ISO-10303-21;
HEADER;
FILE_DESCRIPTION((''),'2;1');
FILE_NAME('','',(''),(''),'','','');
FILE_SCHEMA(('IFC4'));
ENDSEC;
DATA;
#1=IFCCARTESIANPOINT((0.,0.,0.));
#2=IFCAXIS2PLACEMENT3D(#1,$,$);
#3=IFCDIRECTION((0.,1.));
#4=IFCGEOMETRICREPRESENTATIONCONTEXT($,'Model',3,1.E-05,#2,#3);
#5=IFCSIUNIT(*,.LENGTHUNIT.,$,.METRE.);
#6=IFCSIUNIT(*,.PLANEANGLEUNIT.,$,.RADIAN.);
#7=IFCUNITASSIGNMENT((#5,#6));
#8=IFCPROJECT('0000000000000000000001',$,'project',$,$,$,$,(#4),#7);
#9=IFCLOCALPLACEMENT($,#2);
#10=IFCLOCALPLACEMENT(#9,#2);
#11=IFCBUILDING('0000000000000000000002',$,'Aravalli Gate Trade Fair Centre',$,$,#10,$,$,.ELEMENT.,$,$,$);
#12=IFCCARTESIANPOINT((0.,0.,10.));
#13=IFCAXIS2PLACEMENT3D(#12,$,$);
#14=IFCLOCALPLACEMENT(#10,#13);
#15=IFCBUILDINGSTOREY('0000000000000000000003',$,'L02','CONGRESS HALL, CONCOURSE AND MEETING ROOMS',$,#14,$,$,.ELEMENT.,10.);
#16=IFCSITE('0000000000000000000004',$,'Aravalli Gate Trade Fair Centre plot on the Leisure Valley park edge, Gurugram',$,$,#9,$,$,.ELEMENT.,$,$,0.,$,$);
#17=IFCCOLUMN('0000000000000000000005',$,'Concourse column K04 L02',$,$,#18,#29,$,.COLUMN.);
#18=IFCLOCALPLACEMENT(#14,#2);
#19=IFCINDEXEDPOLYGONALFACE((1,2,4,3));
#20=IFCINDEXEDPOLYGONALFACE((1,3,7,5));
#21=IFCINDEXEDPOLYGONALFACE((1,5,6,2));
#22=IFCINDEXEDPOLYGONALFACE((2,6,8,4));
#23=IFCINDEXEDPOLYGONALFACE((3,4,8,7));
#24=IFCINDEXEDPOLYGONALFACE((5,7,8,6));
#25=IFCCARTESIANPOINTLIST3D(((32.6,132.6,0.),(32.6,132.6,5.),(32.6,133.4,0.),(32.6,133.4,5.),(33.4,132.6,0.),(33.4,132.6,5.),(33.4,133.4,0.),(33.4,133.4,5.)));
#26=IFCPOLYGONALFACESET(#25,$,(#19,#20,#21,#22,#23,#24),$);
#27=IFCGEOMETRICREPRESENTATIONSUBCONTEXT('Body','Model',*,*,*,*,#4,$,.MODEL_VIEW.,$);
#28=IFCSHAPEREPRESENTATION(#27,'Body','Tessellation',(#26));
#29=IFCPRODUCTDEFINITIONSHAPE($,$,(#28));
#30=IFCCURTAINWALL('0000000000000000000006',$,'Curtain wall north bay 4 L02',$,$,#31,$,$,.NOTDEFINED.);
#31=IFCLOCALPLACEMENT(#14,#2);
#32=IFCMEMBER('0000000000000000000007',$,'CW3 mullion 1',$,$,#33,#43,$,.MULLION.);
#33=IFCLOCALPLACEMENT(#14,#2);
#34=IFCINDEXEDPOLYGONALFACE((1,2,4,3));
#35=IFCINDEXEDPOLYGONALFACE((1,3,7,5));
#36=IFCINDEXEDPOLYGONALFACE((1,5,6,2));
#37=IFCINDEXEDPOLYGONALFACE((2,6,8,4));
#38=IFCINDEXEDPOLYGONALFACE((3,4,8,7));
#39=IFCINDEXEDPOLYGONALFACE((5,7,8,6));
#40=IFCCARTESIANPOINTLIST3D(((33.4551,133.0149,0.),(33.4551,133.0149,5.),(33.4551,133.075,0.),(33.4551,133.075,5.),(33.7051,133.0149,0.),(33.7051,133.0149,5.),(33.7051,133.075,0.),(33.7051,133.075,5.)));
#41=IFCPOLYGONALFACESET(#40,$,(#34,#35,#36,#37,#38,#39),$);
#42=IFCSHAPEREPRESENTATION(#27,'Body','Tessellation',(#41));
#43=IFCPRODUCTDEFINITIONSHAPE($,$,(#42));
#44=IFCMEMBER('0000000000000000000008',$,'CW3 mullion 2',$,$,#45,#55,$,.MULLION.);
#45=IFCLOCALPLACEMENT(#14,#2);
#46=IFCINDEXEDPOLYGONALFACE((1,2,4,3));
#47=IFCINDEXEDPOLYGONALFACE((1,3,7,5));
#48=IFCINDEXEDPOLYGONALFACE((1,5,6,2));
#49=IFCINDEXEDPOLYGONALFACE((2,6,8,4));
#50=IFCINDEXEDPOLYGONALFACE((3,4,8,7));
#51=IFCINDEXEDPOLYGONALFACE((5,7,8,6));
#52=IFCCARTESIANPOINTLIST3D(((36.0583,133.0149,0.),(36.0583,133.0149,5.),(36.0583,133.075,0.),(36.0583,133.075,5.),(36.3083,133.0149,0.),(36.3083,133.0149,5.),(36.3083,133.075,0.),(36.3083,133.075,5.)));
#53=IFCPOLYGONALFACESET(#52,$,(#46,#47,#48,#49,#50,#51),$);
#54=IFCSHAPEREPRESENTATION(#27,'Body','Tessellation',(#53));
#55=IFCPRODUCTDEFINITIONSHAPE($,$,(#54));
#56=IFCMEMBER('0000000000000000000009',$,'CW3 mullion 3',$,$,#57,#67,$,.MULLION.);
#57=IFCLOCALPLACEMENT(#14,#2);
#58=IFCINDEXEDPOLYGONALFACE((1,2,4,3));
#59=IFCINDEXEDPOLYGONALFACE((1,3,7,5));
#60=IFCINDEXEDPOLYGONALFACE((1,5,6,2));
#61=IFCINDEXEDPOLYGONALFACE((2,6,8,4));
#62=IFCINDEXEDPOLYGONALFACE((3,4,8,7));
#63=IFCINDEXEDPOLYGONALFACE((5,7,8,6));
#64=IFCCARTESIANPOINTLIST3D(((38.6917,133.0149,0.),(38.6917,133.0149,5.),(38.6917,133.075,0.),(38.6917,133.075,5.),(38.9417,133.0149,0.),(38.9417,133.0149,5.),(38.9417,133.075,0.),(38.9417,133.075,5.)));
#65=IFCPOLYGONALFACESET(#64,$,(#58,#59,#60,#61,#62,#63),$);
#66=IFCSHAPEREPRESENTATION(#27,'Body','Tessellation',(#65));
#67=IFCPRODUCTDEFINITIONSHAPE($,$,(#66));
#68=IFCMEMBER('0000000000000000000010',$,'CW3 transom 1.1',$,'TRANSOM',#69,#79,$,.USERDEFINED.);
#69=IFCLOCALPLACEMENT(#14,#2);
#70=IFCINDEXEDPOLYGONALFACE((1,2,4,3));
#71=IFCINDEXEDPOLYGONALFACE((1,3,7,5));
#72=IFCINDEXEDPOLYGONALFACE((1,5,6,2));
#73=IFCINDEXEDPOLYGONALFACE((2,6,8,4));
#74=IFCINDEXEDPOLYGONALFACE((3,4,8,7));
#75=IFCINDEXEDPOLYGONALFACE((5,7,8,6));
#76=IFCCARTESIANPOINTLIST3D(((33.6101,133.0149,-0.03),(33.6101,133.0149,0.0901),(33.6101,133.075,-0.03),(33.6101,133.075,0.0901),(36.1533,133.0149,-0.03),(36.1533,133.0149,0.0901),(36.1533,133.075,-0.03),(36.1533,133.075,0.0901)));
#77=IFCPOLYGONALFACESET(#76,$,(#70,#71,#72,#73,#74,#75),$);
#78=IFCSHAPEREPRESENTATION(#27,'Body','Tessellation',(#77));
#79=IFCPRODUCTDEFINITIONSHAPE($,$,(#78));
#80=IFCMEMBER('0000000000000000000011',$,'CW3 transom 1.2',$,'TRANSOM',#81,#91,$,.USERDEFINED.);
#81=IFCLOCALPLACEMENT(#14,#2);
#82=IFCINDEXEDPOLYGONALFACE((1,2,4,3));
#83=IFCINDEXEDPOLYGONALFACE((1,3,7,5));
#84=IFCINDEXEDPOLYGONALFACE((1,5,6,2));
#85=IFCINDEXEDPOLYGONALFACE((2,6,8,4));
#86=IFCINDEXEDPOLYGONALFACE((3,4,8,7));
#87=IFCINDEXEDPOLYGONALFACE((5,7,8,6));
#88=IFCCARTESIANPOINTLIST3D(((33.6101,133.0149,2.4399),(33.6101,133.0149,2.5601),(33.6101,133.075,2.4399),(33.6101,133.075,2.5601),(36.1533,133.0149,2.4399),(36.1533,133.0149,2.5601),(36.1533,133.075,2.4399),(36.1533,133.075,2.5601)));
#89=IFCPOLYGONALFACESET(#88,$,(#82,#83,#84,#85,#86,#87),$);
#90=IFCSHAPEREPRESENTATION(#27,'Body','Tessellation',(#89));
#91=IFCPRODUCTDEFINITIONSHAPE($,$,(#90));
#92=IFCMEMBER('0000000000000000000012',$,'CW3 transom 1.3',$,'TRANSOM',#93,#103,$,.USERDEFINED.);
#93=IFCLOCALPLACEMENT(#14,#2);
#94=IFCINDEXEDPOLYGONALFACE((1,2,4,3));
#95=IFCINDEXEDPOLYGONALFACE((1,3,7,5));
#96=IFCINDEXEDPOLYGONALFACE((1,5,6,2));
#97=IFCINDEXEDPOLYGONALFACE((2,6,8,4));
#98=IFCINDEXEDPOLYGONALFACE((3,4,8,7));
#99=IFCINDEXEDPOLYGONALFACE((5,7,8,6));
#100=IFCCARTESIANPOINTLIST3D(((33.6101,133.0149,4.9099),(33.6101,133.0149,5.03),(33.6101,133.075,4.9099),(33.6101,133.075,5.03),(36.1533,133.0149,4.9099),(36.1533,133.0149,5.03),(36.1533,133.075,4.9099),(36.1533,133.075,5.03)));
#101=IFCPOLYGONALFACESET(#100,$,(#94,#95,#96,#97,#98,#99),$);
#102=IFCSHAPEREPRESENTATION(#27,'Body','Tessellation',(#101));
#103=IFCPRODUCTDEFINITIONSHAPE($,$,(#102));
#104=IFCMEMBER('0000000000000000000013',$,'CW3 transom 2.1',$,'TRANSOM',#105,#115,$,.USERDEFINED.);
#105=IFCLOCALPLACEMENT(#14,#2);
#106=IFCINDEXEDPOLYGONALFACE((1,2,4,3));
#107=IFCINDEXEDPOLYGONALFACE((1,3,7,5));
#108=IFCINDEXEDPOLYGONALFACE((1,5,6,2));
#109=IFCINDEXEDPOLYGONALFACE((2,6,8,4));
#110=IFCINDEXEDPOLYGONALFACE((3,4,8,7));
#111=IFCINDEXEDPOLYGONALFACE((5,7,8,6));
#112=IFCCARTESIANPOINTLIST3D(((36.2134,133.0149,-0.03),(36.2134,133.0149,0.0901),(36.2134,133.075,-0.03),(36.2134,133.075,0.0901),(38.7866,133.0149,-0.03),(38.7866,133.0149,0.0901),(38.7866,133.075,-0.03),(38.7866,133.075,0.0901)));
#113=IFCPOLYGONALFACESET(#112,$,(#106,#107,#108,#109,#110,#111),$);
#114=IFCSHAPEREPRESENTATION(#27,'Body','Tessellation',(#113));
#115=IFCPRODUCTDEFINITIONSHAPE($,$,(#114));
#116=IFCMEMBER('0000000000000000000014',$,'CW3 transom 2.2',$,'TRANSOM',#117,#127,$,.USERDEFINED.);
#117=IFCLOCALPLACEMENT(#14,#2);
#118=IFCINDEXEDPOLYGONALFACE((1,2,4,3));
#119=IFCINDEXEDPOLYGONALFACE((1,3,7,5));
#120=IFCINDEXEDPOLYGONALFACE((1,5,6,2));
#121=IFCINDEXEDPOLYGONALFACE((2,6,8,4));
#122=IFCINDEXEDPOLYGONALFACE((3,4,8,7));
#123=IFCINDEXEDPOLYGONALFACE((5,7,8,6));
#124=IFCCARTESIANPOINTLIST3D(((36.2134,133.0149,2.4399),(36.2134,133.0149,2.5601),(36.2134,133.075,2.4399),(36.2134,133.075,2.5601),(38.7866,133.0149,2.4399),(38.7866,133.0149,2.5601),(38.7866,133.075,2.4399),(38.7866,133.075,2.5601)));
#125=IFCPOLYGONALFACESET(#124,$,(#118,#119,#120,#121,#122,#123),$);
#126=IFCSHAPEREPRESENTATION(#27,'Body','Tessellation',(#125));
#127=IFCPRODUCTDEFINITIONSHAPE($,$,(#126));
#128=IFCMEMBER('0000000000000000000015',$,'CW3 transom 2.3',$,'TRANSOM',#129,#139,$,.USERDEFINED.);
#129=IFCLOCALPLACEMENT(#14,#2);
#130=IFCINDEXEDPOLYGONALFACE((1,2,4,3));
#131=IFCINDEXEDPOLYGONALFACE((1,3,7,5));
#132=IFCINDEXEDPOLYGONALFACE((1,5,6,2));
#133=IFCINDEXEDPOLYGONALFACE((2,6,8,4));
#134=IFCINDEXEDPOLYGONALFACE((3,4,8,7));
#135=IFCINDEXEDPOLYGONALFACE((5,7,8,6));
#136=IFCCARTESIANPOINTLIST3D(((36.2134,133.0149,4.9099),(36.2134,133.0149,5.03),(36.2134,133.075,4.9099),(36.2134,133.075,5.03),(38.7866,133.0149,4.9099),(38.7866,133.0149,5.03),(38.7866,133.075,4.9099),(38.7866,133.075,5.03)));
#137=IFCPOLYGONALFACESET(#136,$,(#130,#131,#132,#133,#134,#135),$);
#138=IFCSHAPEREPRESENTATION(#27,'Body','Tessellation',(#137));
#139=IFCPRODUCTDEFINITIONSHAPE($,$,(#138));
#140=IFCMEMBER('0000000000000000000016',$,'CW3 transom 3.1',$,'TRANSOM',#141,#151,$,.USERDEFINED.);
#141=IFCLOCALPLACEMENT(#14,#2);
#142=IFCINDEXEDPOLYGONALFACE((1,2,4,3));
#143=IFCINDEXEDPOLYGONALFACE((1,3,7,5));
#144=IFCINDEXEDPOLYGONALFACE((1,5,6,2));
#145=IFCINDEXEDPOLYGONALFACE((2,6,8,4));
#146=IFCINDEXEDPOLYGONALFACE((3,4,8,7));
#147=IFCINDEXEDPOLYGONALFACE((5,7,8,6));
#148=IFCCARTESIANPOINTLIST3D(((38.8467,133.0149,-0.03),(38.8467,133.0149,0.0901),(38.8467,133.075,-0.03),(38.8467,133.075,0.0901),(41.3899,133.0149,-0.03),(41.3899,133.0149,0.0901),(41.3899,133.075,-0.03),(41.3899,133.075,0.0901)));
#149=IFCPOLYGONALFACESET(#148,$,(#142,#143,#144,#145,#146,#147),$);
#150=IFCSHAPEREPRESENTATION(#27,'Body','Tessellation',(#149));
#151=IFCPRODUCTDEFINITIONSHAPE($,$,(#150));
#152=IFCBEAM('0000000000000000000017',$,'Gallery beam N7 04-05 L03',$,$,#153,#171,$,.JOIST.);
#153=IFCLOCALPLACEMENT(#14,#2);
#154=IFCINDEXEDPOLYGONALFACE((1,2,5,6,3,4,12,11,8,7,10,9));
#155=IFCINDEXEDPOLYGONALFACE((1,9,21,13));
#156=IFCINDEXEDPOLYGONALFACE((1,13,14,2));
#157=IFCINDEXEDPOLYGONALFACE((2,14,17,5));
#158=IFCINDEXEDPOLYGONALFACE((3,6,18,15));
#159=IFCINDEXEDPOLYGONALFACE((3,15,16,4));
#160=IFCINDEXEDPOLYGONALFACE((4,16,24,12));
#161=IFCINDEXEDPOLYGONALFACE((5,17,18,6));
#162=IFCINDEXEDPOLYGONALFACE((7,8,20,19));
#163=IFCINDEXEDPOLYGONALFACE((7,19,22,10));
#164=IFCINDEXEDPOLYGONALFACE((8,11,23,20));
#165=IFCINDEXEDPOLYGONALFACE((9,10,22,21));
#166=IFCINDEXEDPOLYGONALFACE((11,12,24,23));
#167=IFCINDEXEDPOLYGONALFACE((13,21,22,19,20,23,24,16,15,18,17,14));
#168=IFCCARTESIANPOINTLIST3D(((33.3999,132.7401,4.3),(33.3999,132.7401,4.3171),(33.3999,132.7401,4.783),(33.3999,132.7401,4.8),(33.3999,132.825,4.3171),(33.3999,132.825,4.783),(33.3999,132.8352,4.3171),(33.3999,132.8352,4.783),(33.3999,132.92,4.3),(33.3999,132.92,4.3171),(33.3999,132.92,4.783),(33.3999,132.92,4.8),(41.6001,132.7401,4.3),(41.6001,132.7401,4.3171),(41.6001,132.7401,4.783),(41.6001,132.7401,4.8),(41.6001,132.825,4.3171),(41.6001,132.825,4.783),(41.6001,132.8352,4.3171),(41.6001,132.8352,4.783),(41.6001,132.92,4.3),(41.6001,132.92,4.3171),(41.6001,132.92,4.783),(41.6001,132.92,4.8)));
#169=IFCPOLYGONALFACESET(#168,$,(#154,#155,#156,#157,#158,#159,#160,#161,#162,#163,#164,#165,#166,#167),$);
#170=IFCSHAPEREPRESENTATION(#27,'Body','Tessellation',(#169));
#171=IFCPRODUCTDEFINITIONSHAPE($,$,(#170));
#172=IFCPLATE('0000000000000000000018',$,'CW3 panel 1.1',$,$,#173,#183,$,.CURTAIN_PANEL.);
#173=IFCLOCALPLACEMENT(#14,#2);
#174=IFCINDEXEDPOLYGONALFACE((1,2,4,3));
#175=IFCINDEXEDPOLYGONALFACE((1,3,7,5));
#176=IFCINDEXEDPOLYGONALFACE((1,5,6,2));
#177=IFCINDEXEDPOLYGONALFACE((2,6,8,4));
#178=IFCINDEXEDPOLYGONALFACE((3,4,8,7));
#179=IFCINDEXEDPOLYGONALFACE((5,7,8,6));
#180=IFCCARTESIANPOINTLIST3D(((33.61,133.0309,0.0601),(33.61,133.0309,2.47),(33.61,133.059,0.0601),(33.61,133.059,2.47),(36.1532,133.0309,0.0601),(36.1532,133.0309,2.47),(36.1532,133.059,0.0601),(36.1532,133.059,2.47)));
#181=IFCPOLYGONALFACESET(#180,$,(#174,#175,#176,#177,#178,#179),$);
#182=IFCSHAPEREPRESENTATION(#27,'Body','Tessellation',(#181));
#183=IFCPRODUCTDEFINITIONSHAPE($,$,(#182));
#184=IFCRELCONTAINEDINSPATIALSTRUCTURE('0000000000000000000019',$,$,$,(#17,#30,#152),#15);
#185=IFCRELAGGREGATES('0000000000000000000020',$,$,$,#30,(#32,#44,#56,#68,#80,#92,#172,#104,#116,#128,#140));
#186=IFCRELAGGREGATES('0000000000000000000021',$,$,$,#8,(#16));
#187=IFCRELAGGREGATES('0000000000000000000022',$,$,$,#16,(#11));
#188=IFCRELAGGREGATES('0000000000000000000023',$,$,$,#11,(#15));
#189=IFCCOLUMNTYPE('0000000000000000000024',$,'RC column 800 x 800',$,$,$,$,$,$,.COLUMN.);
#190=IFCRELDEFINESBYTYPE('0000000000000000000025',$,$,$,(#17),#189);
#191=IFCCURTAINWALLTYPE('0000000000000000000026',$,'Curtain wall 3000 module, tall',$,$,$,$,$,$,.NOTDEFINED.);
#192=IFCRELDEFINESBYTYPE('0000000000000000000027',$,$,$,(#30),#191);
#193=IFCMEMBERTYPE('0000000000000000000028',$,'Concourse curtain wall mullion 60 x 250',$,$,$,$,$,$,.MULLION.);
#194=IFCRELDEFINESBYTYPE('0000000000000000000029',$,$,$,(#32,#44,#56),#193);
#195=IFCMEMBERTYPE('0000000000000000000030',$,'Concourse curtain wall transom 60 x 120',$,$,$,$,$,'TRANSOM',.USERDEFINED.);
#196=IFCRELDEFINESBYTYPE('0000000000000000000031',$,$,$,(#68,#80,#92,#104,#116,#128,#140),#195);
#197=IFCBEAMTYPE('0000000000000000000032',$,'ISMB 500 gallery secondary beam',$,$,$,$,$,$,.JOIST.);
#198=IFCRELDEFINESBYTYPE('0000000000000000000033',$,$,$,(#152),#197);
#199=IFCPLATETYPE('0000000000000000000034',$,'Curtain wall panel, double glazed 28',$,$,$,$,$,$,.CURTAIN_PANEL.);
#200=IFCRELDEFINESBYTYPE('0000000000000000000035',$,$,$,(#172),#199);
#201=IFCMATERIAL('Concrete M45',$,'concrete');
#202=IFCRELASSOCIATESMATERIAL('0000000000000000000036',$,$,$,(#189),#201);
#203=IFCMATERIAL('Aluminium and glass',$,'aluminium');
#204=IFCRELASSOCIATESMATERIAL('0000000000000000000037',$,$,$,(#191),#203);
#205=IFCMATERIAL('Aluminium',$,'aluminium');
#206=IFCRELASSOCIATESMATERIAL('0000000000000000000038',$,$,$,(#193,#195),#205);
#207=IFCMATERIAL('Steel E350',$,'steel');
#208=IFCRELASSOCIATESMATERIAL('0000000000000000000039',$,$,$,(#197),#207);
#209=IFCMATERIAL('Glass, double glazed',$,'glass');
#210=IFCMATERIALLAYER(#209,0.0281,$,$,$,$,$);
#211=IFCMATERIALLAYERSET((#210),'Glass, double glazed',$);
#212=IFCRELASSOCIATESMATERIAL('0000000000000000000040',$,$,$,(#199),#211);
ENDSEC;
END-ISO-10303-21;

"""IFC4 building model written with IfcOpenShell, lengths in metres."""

from ifc_helpers import new_model, si_unit, direction, frame, origin, origin_2d, place, context, subcontext, project, spatial, rectangle, i_section, extrude, material, layer, layer_set, material_profile, profile_set, type_object, element, aggregate, save


model = new_model("IFC4")

# Units and contexts
model_context = context("Model", 3, precision=1e-05, world=origin(), true_north=direction((0.0, 1.0)))
body_context = subcontext(model_context, "Body", "Model", "MODEL_VIEW")
ifc_project = project(units=[si_unit("LENGTHUNIT", "METRE"), si_unit("PLANEANGLEUNIT", "RADIAN")], contexts=[model_context])

# Site, building, storey
site_placement = place(None, origin())
site = spatial("IfcSite", under=ifc_project, at=site_placement, Name="Aravalli Gate Trade Fair Centre plot on the Leisure Valley park edge, Gurugram", CompositionType="ELEMENT", RefElevation=0.0)
building_placement = place(site_placement, origin())
building = spatial("IfcBuilding", under=site, at=building_placement, Name="Aravalli Gate Trade Fair Centre", CompositionType="ELEMENT")
storey_placement = place(building_placement, frame((0.0, 0.0, 10.0)))
storey = spatial("IfcBuildingStorey", under=building, at=storey_placement, Name="L02", Description="CONGRESS HALL, CONCOURSE AND MEETING ROOMS", CompositionType="ELEMENT", Elevation=10.0)

# Column
ifc_material_1 = material(Name="Concrete M45", Category="concrete")
ifc_material_profile_1 = material_profile(ifc_material_1, rectangle(XDim=0.8, YDim=0.8, at=origin_2d()), Name="RC column 800 x 800")
ifc_profile_set_1 = profile_set([ifc_material_profile_1], Name="Concrete M45")
column_type = type_object("IfcColumnType", Name="RC column 800 x 800", PredefinedType="COLUMN", material=ifc_profile_set_1)
column_placement = place(storey_placement, frame((33.0, 133.0, 0.0), z_axis=(0.0, 0.0, 1.0), x_axis=(1.0, 0.0, 0.0)))
element("IfcColumn", 1, at=column_placement, inside=storey, type_object=column_type, Name="Concourse column K04 L02", PredefinedType="COLUMN", context=body_context, shape_type="SweptSolid", body=[
    extrude(rectangle(XDim=0.8, YDim=0.8, at=origin_2d()), origin(), (0.0, 0.0, 1.0), 5.0),
])

# Curtain wall, members
ifc_material_2 = material(Name="Aluminium and glass", Category="aluminium")
curtain_wall_type = type_object("IfcCurtainWallType", Name="Curtain wall 3000 module, tall", PredefinedType="NOTDEFINED", material=ifc_material_2)
curtain_wall_placement = place(storey_placement, origin())
curtain_wall = element("IfcCurtainWall", 2, at=curtain_wall_placement, inside=storey, type_object=curtain_wall_type, Name="Curtain wall north bay 4 L02", PredefinedType="NOTDEFINED")
ifc_material_3 = material(Name="Aluminium", Category="aluminium")
ifc_material_profile_2 = material_profile(ifc_material_3, rectangle(XDim=0.0601, YDim=0.25, at=origin_2d()), Name="Concourse curtain wall mullion 60 x 250")
ifc_profile_set_2 = profile_set([ifc_material_profile_2], Name="Aluminium")
member_type_1 = type_object("IfcMemberType", Name="Concourse curtain wall mullion 60 x 250", PredefinedType="MULLION", material=ifc_profile_set_2)
member_1_placement = place(storey_placement, frame((33.5801, 133.0449, 0.0), z_axis=(0.0, 0.0, 1.0), x_axis=(0.0, 1.0, 0.0)))
member_1 = element("IfcMember", 3, at=member_1_placement, type_object=member_type_1, Name="CW3 mullion 1", PredefinedType="MULLION", context=body_context, shape_type="SweptSolid", body=[
    extrude(rectangle(XDim=0.0601, YDim=0.25, at=origin_2d()), origin(), (0.0, 0.0, 1.0), 5.0),
])
member_2_placement = place(storey_placement, frame((36.1833, 133.0449, 0.0), z_axis=(0.0, 0.0, 1.0), x_axis=(0.0, 1.0, 0.0)))
member_2 = element("IfcMember", 4, at=member_2_placement, type_object=member_type_1, Name="CW3 mullion 2", PredefinedType="MULLION", context=body_context, shape_type="SweptSolid", body=[
    extrude(rectangle(XDim=0.0601, YDim=0.25, at=origin_2d()), origin(), (0.0, 0.0, 1.0), 5.0),
])
member_3_placement = place(storey_placement, frame((38.8167, 133.0449, 0.0), z_axis=(0.0, 0.0, 1.0), x_axis=(0.0, 1.0, 0.0)))
member_3 = element("IfcMember", 5, at=member_3_placement, type_object=member_type_1, Name="CW3 mullion 3", PredefinedType="MULLION", context=body_context, shape_type="SweptSolid", body=[
    extrude(rectangle(XDim=0.0601, YDim=0.25, at=origin_2d()), origin(), (0.0, 0.0, 1.0), 5.0),
])
ifc_material_profile_3 = material_profile(ifc_material_3, rectangle(XDim=0.0601, YDim=0.1201, at=origin_2d()), Name="Concourse curtain wall transom 60 x 120")
ifc_profile_set_3 = profile_set([ifc_material_profile_3], Name="Aluminium")
member_type_2 = type_object("IfcMemberType", Name="Concourse curtain wall transom 60 x 120", ElementType="TRANSOM", PredefinedType="USERDEFINED", material=ifc_profile_set_3)
member_4_placement = place(storey_placement, frame((33.6101, 133.0449, 0.03), z_axis=(1.0, 0.0, 0.0), x_axis=(0.0, 1.0, 0.0)))
member_4 = element("IfcMember", 6, at=member_4_placement, type_object=member_type_2, Name="CW3 transom 1.1", ObjectType="TRANSOM", PredefinedType="USERDEFINED", context=body_context, shape_type="SweptSolid", body=[
    extrude(rectangle(XDim=0.0601, YDim=0.1201, at=origin_2d()), origin(), (0.0, 0.0, 1.0), 2.5432),
])
member_5_placement = place(storey_placement, frame((33.6101, 133.0449, 2.5), z_axis=(1.0, 0.0, 0.0), x_axis=(0.0, 1.0, 0.0)))
member_5 = element("IfcMember", 7, at=member_5_placement, type_object=member_type_2, Name="CW3 transom 1.2", ObjectType="TRANSOM", PredefinedType="USERDEFINED", context=body_context, shape_type="SweptSolid", body=[
    extrude(rectangle(XDim=0.0601, YDim=0.1201, at=origin_2d()), origin(), (0.0, 0.0, 1.0), 2.5432),
])
member_6_placement = place(storey_placement, frame((33.6101, 133.0449, 4.97), z_axis=(1.0, 0.0, 0.0), x_axis=(0.0, 1.0, 0.0)))
member_6 = element("IfcMember", 8, at=member_6_placement, type_object=member_type_2, Name="CW3 transom 1.3", ObjectType="TRANSOM", PredefinedType="USERDEFINED", context=body_context, shape_type="SweptSolid", body=[
    extrude(rectangle(XDim=0.0601, YDim=0.1201, at=origin_2d()), origin(), (0.0, 0.0, 1.0), 2.5432),
])
member_7_placement = place(storey_placement, frame((36.2134, 133.0449, 0.03), z_axis=(1.0, 0.0, 0.0), x_axis=(0.0, 1.0, 0.0)))
member_7 = element("IfcMember", 9, at=member_7_placement, type_object=member_type_2, Name="CW3 transom 2.1", ObjectType="TRANSOM", PredefinedType="USERDEFINED", context=body_context, shape_type="SweptSolid", body=[
    extrude(rectangle(XDim=0.0601, YDim=0.1201, at=origin_2d()), origin(), (0.0, 0.0, 1.0), 2.5732),
])
member_8_placement = place(storey_placement, frame((36.2134, 133.0449, 2.5), z_axis=(1.0, 0.0, 0.0), x_axis=(0.0, 1.0, 0.0)))
member_8 = element("IfcMember", 10, at=member_8_placement, type_object=member_type_2, Name="CW3 transom 2.2", ObjectType="TRANSOM", PredefinedType="USERDEFINED", context=body_context, shape_type="SweptSolid", body=[
    extrude(rectangle(XDim=0.0601, YDim=0.1201, at=origin_2d()), origin(), (0.0, 0.0, 1.0), 2.5732),
])
member_9_placement = place(storey_placement, frame((36.2134, 133.0449, 4.97), z_axis=(1.0, 0.0, 0.0), x_axis=(0.0, 1.0, 0.0)))
member_9 = element("IfcMember", 11, at=member_9_placement, type_object=member_type_2, Name="CW3 transom 2.3", ObjectType="TRANSOM", PredefinedType="USERDEFINED", context=body_context, shape_type="SweptSolid", body=[
    extrude(rectangle(XDim=0.0601, YDim=0.1201, at=origin_2d()), origin(), (0.0, 0.0, 1.0), 2.5732),
])
member_10_placement = place(storey_placement, frame((38.8467, 133.0449, 0.03), z_axis=(1.0, 0.0, 0.0), x_axis=(0.0, 1.0, 0.0)))
member_10 = element("IfcMember", 12, at=member_10_placement, type_object=member_type_2, Name="CW3 transom 3.1", ObjectType="TRANSOM", PredefinedType="USERDEFINED", context=body_context, shape_type="SweptSolid", body=[
    extrude(rectangle(XDim=0.0601, YDim=0.1201, at=origin_2d()), origin(), (0.0, 0.0, 1.0), 2.5432),
])

# Beam
ifc_material_4 = material(Name="Steel E350", Category="steel")
ifc_material_profile_4 = material_profile(ifc_material_4, i_section(OverallWidth=0.1799, OverallDepth=0.5, WebThickness=0.0103, FlangeThickness=0.0171, at=origin_2d()), Name="ISMB 500")
ifc_profile_set_4 = profile_set([ifc_material_profile_4], Name="Steel E350")
beam_type = type_object("IfcBeamType", Name="ISMB 500 gallery secondary beam", PredefinedType="JOIST", material=ifc_profile_set_4)
beam_placement = place(storey_placement, frame((33.3999, 132.8301, 4.55), z_axis=(1.0, 0.0, 0.0), x_axis=(0.0, 1.0, 0.0)))
element("IfcBeam", 13, at=beam_placement, inside=storey, type_object=beam_type, Name="Gallery beam N7 04-05 L03", PredefinedType="JOIST", context=body_context, shape_type="SweptSolid", body=[
    extrude(i_section(OverallWidth=0.1799, OverallDepth=0.5, WebThickness=0.0103, FlangeThickness=0.0171, at=origin_2d()), origin(), (0.0, 0.0, 1.0), 8.2002),
])

# Plate
ifc_material_5 = material(Name="Glass, double glazed", Category="glass")
ifc_layer_1 = layer(ifc_material_5, 0.0281)
ifc_layer_set_1 = layer_set([ifc_layer_1], Name="Glass, double glazed")
plate_type = type_object("IfcPlateType", Name="Curtain wall panel, double glazed 28", PredefinedType="CURTAIN_PANEL", material=ifc_layer_set_1)
plate_1_placement = place(storey_placement, frame((34.8816, 133.0449, 0.0601), z_axis=(0.0, 0.0, 1.0), x_axis=(1.0, 0.0, 0.0)))
plate_1 = element("IfcPlate", 14, at=plate_1_placement, type_object=plate_type, Name="CW3 panel 1.1", PredefinedType="CURTAIN_PANEL", context=body_context, shape_type="SweptSolid", body=[
    extrude(rectangle(XDim=2.5432, YDim=0.0281, at=origin_2d()), origin(), (0.0, 0.0, 1.0), 2.4099),
])
aggregate(curtain_wall, [member_1, member_2, member_3, member_4, member_5, member_6, plate_1, member_7, member_8, member_9, member_10])

save(model, "model.ifc")
